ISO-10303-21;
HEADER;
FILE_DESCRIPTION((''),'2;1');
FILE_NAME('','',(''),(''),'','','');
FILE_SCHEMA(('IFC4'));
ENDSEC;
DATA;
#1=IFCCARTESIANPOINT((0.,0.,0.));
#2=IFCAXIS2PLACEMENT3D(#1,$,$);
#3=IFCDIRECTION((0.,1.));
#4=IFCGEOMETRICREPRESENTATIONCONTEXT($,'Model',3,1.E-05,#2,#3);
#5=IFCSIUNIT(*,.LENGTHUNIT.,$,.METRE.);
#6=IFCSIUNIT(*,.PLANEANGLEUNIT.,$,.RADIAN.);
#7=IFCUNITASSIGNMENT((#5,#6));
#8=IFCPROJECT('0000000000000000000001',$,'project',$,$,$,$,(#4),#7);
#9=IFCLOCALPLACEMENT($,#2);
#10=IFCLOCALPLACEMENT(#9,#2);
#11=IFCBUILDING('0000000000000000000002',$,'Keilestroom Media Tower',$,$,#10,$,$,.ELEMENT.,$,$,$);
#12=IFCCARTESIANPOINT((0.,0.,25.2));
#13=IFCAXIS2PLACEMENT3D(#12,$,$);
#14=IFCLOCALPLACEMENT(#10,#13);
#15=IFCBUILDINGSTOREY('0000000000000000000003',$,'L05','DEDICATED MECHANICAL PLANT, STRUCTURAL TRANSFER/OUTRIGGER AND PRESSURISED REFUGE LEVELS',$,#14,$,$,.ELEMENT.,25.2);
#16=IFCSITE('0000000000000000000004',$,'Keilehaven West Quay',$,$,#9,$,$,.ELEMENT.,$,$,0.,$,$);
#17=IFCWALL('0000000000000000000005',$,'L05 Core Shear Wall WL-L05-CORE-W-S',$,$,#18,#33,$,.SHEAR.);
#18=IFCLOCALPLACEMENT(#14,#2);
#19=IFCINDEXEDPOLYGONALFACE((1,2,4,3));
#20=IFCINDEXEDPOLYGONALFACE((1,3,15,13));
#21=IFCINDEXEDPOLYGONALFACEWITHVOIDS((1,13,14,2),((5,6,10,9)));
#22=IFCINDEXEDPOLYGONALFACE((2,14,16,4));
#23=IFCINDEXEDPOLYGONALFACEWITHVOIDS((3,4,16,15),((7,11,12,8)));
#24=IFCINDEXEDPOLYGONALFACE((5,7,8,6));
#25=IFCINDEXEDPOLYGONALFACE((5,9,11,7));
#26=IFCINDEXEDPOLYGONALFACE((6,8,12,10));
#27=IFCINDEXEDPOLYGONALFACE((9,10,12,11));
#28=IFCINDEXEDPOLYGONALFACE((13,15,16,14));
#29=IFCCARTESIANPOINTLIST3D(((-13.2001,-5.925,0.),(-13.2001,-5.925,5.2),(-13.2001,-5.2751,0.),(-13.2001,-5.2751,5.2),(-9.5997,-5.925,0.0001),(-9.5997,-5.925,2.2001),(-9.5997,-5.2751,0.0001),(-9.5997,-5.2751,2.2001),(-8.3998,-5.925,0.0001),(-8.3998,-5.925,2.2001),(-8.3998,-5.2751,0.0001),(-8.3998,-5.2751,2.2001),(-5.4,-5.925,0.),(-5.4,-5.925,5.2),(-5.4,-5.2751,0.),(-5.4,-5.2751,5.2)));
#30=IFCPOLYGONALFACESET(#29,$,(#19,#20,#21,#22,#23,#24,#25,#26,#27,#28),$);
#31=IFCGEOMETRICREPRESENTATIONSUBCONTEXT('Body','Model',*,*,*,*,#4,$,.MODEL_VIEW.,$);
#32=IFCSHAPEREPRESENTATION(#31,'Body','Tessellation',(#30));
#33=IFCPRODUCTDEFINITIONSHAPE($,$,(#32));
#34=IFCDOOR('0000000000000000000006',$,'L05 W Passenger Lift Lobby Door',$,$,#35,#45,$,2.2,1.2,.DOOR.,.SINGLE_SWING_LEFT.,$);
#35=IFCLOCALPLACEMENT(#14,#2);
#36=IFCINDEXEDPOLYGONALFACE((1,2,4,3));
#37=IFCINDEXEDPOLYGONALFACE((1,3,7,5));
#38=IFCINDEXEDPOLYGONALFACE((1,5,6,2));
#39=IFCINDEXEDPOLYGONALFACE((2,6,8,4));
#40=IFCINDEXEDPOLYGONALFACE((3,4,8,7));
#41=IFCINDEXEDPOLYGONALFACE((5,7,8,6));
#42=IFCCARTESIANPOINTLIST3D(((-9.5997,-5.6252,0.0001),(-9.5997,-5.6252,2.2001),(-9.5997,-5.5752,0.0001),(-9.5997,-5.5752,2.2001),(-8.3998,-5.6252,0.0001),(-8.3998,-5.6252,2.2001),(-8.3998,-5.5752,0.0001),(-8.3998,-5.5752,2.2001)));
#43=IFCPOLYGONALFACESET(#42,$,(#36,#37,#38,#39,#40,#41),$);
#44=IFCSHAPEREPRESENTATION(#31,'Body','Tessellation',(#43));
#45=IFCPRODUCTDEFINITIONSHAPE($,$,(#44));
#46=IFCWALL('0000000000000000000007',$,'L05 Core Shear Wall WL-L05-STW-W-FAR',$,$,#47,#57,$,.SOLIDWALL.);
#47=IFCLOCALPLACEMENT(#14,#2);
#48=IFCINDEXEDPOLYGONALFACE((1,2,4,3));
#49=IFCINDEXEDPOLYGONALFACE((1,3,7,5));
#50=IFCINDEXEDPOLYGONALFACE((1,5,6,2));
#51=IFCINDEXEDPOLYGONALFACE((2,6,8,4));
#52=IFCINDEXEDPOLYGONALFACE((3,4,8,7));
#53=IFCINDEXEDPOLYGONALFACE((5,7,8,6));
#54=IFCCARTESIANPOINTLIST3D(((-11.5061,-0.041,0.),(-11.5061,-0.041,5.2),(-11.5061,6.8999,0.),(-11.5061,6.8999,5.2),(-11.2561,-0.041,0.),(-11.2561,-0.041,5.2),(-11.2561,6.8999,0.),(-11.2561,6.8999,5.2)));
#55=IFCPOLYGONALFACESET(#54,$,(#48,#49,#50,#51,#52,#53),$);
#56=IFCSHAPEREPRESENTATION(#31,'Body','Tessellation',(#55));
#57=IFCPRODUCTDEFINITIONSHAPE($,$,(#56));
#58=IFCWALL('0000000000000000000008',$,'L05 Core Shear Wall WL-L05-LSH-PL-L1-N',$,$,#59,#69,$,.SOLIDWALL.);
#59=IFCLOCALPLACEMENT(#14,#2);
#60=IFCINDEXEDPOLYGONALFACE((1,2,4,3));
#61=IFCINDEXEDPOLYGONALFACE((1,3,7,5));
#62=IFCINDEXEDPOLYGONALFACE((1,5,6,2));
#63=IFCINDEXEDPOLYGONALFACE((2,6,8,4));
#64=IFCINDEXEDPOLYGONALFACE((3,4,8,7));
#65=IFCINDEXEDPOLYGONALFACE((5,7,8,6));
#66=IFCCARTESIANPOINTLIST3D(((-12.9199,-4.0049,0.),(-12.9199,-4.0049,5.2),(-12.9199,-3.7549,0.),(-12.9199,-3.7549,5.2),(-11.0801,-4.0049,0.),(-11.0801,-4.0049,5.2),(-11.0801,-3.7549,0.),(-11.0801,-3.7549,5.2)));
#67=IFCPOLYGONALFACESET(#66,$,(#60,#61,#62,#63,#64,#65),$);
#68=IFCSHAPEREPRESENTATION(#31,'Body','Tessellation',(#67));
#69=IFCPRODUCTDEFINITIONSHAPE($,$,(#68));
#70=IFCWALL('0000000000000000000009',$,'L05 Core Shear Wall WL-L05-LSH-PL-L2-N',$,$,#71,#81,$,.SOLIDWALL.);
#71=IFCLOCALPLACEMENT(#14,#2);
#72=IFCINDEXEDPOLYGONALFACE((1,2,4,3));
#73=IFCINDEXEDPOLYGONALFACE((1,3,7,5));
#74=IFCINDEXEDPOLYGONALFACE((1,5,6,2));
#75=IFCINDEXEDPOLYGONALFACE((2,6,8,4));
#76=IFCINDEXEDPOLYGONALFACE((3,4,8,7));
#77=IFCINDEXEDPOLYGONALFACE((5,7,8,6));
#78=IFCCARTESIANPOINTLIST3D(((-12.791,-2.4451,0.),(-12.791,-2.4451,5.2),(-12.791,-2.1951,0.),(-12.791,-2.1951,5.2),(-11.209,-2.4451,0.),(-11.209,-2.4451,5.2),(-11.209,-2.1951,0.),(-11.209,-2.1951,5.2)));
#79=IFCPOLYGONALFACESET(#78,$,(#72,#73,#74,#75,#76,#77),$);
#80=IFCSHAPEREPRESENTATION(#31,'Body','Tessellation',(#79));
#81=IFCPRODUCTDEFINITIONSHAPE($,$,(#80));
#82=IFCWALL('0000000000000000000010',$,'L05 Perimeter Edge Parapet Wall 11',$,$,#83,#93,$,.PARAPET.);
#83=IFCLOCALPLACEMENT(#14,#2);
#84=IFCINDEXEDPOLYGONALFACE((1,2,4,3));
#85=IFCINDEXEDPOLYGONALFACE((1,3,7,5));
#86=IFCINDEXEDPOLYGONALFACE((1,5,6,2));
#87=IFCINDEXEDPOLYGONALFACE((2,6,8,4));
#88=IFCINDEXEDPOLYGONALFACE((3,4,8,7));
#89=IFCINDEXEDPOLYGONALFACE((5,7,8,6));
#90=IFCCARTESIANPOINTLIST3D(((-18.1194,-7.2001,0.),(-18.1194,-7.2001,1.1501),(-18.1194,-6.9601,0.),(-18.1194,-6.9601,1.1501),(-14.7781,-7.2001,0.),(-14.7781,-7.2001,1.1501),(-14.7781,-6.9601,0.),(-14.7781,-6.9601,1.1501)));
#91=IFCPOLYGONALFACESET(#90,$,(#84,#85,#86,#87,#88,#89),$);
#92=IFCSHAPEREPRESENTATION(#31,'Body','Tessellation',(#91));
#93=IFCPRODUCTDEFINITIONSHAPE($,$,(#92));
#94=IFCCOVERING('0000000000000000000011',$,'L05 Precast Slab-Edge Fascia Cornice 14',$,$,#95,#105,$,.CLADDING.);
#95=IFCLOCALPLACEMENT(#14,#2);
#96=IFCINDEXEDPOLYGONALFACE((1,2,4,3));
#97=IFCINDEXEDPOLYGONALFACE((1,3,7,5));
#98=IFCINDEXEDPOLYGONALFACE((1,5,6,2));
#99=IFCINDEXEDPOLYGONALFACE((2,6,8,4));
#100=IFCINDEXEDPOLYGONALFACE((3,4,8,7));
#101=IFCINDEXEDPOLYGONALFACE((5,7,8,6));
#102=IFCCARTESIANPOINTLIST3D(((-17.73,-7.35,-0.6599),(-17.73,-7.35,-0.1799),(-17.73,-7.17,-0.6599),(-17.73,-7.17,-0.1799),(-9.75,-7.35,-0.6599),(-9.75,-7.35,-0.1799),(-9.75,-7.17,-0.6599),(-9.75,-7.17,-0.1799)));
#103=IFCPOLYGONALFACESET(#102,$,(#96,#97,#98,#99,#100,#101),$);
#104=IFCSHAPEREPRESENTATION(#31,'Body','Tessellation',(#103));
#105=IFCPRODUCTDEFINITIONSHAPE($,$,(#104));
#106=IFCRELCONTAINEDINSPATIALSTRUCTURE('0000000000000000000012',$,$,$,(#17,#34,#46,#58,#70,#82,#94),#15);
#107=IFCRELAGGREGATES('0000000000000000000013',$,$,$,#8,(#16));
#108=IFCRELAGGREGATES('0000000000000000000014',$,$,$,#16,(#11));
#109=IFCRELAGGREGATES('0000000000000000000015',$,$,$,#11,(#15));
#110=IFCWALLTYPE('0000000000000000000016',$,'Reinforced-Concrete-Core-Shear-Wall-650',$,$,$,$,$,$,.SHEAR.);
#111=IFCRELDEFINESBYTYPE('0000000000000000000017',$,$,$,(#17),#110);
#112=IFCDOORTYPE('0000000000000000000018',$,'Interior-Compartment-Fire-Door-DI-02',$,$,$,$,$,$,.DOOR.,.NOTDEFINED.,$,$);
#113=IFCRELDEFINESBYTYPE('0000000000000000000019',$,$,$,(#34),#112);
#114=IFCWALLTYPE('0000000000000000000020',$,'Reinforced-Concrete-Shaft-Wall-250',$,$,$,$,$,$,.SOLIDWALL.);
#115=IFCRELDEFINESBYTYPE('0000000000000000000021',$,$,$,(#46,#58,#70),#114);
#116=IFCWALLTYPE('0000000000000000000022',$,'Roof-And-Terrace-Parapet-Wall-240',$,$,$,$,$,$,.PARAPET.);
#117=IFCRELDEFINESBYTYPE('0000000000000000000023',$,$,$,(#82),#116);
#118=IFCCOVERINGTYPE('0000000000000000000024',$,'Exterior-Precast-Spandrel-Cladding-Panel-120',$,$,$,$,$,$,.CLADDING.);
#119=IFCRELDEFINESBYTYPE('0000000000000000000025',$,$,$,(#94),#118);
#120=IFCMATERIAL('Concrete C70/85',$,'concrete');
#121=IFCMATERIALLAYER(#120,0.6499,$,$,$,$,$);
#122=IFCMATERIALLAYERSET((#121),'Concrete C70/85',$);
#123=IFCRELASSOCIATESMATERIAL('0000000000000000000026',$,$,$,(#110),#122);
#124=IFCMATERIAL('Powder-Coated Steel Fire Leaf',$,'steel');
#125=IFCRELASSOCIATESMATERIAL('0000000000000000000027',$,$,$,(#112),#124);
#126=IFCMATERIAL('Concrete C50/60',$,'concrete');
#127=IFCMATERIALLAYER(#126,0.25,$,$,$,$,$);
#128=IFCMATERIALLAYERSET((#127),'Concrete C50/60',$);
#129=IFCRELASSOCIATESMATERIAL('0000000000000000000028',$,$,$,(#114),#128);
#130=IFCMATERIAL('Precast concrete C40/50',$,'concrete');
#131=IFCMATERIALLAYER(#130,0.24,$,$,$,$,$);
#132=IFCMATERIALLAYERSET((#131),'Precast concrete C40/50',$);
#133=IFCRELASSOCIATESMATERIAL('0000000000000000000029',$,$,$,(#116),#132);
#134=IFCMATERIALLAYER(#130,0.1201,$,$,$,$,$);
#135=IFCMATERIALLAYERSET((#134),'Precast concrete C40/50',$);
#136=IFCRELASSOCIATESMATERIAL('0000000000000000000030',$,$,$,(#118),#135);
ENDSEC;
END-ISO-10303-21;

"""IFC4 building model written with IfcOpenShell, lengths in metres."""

from ifc_helpers import new_model, si_unit, direction, frame, frame_2d, origin, origin_2d, place, context, subcontext, project, spatial, rectangle, extrude, source, transform, mapped, material, layer, layer_set, type_object, element, fill, save


model = new_model("IFC4")

# Units and contexts
model_context = context("Model", 3, precision=1e-05, world=origin(), true_north=direction((0.0, 1.0)))
body_context = subcontext(model_context, "Body", "Model", "MODEL_VIEW")
ifc_project = project(units=[si_unit("LENGTHUNIT", "METRE"), si_unit("PLANEANGLEUNIT", "RADIAN")], contexts=[model_context])

# Site, building, storey
site_placement = place(None, origin())
site = spatial("IfcSite", under=ifc_project, at=site_placement, Name="Keilehaven West Quay", CompositionType="ELEMENT", RefElevation=0.0)
building_placement = place(site_placement, origin())
building = spatial("IfcBuilding", under=site, at=building_placement, Name="Keilestroom Media Tower", CompositionType="ELEMENT")
storey_placement = place(building_placement, frame((0.0, 0.0, 25.2)))
storey = spatial("IfcBuildingStorey", under=building, at=storey_placement, Name="L05", Description="DEDICATED MECHANICAL PLANT, STRUCTURAL TRANSFER/OUTRIGGER AND PRESSURISED REFUGE LEVELS", CompositionType="ELEMENT", Elevation=25.2)

# Shared definitions
ifc_material_1 = material(Name="Precast concrete C40/50", Category="concrete")
ifc_material_2 = material(Name="Concrete C70/85", Category="concrete")

# Shared definitions
ifc_layer_1 = layer(ifc_material_2, 0.6499)
ifc_layer_set_1 = layer_set([ifc_layer_1], Name="Concrete C70/85")
wall_type_1 = type_object("IfcWallType", Name="Reinforced-Concrete-Core-Shear-Wall-650", PredefinedType="SHEAR", material=ifc_layer_set_1)

# Wall, opening, door
wall_1_placement = place(storey_placement, frame((-13.2, -5.6001, 0.0), z_axis=(0.0, 0.0, 1.0), x_axis=(1.0, 0.0, 0.0)))
wall_1 = element("IfcWall", 1, at=wall_1_placement, inside=storey, type_object=wall_type_1, Name="L05 Core Shear Wall WL-L05-CORE-W-S", PredefinedType="SHEAR", context=body_context, shape_type="SweptSolid", body=[
    extrude(rectangle(XDim=7.8, YDim=0.6499, at=frame_2d((3.8999, 0.0))), origin(), (0.0, 0.0, 1.0), 5.2),
])
opening_1_placement = place(wall_1_placement, frame((3.6001, 0.0, 0.0)))
opening_1 = element("IfcOpeningElement", 2, at=opening_1_placement, cuts=wall_1, PredefinedType="OPENING", context=body_context, shape_type="SweptSolid", body=[
    extrude(rectangle(XDim=1.2, YDim=2.2, at=frame_2d((0.6001, 1.1001))), frame((0.0, 0.335, 0.0), z_axis=(0.0, -1.0, 0.0), x_axis=(1.0, 0.0, 0.0)), (0.0, 0.0, 1.0), 0.6699),
])
ifc_material_3 = material(Name="Powder-Coated Steel Fire Leaf", Category="steel")
door_type_1 = type_object("IfcDoorType", Name="Interior-Compartment-Fire-Door-DI-02", OperationType="NOTDEFINED", PredefinedType="DOOR", material=ifc_material_3)
shared_shape_1 = source(origin(), body_context, "Body", "SweptSolid", [
    extrude(rectangle(XDim=1.2, YDim=2.2, at=frame_2d((0.6001, 1.1001))), frame((0.0, 0.0249, 0.0), z_axis=(0.0, -1.0, 0.0), x_axis=(1.0, 0.0, 0.0)), (0.0, 0.0, 1.0), 0.05),
])
door_1_placement = place(opening_1_placement, origin())
door_1 = element("IfcDoor", 3, at=door_1_placement, inside=storey, type_object=door_type_1, Name="L05 W Passenger Lift Lobby Door", OperationType="SINGLE_SWING_LEFT", OverallHeight=2.2, OverallWidth=1.2, PredefinedType="DOOR", context=body_context, shape_type="MappedRepresentation", body=[
    mapped(shared_shape_1, transform((0.0, 0.0, 0.0), x_axis=(1.0, 0.0, 0.0), y_axis=(0.0, 1.0, 0.0), z_axis=(0.0, 0.0, 1.0), scale=1.0)),
])
fill(opening_1, door_1)

# Walls
ifc_material_4 = material(Name="Concrete C50/60", Category="concrete")
ifc_layer_2 = layer(ifc_material_4, 0.25)
ifc_layer_set_2 = layer_set([ifc_layer_2], Name="Concrete C50/60")
wall_type_2 = type_object("IfcWallType", Name="Reinforced-Concrete-Shaft-Wall-250", PredefinedType="SOLIDWALL", material=ifc_layer_set_2)
wall_2_placement = place(storey_placement, frame((-11.3811, -0.041, 0.0), z_axis=(0.0, 0.0, 1.0), x_axis=(0.0, 1.0, 0.0)))
element("IfcWall", 4, at=wall_2_placement, inside=storey, type_object=wall_type_2, Name="L05 Core Shear Wall WL-L05-STW-W-FAR", PredefinedType="SOLIDWALL", context=body_context, shape_type="SweptSolid", body=[
    extrude(rectangle(XDim=6.9409, YDim=0.25, at=frame_2d((3.4705, 0.0))), origin(), (0.0, 0.0, 1.0), 5.2),
])
wall_3_placement = place(storey_placement, frame((-12.9199, -3.8799, 0.0), z_axis=(0.0, 0.0, 1.0), x_axis=(1.0, 0.0, 0.0)))
element("IfcWall", 5, at=wall_3_placement, inside=storey, type_object=wall_type_2, Name="L05 Core Shear Wall WL-L05-LSH-PL-L1-N", PredefinedType="SOLIDWALL", context=body_context, shape_type="SweptSolid", body=[
    extrude(rectangle(XDim=1.8398, YDim=0.25, at=frame_2d((0.9199, 0.0))), origin(), (0.0, 0.0, 1.0), 5.2),
])
wall_4_placement = place(storey_placement, frame((-12.791, -2.3201, 0.0), z_axis=(0.0, 0.0, 1.0), x_axis=(1.0, 0.0, 0.0)))
element("IfcWall", 6, at=wall_4_placement, inside=storey, type_object=wall_type_2, Name="L05 Core Shear Wall WL-L05-LSH-PL-L2-N", PredefinedType="SOLIDWALL", context=body_context, shape_type="SweptSolid", body=[
    extrude(rectangle(XDim=1.582, YDim=0.25, at=frame_2d((0.791, 0.0))), origin(), (0.0, 0.0, 1.0), 5.2),
])
ifc_layer_3 = layer(ifc_material_1, 0.24)
ifc_layer_set_3 = layer_set([ifc_layer_3], Name="Precast concrete C40/50")
wall_type_3 = type_object("IfcWallType", Name="Roof-And-Terrace-Parapet-Wall-240", PredefinedType="PARAPET", material=ifc_layer_set_3)
wall_5_placement = place(storey_placement, frame((-14.7781, -7.0801, 0.0), z_axis=(0.0, 0.0, 1.0), x_axis=(-1.0, 0.0, 0.0)))
element("IfcWall", 7, at=wall_5_placement, inside=storey, type_object=wall_type_3, Name="L05 Perimeter Edge Parapet Wall 11", PredefinedType="PARAPET", context=body_context, shape_type="SweptSolid", body=[
    extrude(rectangle(XDim=3.3413, YDim=0.24, at=frame_2d((1.6707, 0.0))), origin(), (0.0, 0.0, 1.0), 1.1501),
])

# Covering
ifc_layer_4 = layer(ifc_material_1, 0.1201)
ifc_layer_set_4 = layer_set([ifc_layer_4], Name="Precast concrete C40/50")
covering_type = type_object("IfcCoveringType", Name="Exterior-Precast-Spandrel-Cladding-Panel-120", PredefinedType="CLADDING", material=ifc_layer_set_4)
shared_shape_2 = source(origin(), body_context, "Body", "SweptSolid", [
    extrude(rectangle(XDim=7.98, YDim=0.1799, at=origin_2d()), origin(), (0.0, 0.0, 1.0), 0.48),
])
covering_placement = place(storey_placement, frame((-13.74, -7.26, -0.6599), z_axis=(0.0, 0.0, 1.0), x_axis=(-1.0, 0.0, 0.0)))
element("IfcCovering", 8, at=covering_placement, inside=storey, type_object=covering_type, Name="L05 Precast Slab-Edge Fascia Cornice 14", PredefinedType="CLADDING", context=body_context, shape_type="MappedRepresentation", body=[
    mapped(shared_shape_2, transform((0.0, 0.0, 0.0), x_axis=(1.0, 0.0, 0.0), y_axis=(0.0, 1.0, 0.0), z_axis=(0.0, 0.0, 1.0), scale=1.0)),
])

save(model, "model.ifc")
